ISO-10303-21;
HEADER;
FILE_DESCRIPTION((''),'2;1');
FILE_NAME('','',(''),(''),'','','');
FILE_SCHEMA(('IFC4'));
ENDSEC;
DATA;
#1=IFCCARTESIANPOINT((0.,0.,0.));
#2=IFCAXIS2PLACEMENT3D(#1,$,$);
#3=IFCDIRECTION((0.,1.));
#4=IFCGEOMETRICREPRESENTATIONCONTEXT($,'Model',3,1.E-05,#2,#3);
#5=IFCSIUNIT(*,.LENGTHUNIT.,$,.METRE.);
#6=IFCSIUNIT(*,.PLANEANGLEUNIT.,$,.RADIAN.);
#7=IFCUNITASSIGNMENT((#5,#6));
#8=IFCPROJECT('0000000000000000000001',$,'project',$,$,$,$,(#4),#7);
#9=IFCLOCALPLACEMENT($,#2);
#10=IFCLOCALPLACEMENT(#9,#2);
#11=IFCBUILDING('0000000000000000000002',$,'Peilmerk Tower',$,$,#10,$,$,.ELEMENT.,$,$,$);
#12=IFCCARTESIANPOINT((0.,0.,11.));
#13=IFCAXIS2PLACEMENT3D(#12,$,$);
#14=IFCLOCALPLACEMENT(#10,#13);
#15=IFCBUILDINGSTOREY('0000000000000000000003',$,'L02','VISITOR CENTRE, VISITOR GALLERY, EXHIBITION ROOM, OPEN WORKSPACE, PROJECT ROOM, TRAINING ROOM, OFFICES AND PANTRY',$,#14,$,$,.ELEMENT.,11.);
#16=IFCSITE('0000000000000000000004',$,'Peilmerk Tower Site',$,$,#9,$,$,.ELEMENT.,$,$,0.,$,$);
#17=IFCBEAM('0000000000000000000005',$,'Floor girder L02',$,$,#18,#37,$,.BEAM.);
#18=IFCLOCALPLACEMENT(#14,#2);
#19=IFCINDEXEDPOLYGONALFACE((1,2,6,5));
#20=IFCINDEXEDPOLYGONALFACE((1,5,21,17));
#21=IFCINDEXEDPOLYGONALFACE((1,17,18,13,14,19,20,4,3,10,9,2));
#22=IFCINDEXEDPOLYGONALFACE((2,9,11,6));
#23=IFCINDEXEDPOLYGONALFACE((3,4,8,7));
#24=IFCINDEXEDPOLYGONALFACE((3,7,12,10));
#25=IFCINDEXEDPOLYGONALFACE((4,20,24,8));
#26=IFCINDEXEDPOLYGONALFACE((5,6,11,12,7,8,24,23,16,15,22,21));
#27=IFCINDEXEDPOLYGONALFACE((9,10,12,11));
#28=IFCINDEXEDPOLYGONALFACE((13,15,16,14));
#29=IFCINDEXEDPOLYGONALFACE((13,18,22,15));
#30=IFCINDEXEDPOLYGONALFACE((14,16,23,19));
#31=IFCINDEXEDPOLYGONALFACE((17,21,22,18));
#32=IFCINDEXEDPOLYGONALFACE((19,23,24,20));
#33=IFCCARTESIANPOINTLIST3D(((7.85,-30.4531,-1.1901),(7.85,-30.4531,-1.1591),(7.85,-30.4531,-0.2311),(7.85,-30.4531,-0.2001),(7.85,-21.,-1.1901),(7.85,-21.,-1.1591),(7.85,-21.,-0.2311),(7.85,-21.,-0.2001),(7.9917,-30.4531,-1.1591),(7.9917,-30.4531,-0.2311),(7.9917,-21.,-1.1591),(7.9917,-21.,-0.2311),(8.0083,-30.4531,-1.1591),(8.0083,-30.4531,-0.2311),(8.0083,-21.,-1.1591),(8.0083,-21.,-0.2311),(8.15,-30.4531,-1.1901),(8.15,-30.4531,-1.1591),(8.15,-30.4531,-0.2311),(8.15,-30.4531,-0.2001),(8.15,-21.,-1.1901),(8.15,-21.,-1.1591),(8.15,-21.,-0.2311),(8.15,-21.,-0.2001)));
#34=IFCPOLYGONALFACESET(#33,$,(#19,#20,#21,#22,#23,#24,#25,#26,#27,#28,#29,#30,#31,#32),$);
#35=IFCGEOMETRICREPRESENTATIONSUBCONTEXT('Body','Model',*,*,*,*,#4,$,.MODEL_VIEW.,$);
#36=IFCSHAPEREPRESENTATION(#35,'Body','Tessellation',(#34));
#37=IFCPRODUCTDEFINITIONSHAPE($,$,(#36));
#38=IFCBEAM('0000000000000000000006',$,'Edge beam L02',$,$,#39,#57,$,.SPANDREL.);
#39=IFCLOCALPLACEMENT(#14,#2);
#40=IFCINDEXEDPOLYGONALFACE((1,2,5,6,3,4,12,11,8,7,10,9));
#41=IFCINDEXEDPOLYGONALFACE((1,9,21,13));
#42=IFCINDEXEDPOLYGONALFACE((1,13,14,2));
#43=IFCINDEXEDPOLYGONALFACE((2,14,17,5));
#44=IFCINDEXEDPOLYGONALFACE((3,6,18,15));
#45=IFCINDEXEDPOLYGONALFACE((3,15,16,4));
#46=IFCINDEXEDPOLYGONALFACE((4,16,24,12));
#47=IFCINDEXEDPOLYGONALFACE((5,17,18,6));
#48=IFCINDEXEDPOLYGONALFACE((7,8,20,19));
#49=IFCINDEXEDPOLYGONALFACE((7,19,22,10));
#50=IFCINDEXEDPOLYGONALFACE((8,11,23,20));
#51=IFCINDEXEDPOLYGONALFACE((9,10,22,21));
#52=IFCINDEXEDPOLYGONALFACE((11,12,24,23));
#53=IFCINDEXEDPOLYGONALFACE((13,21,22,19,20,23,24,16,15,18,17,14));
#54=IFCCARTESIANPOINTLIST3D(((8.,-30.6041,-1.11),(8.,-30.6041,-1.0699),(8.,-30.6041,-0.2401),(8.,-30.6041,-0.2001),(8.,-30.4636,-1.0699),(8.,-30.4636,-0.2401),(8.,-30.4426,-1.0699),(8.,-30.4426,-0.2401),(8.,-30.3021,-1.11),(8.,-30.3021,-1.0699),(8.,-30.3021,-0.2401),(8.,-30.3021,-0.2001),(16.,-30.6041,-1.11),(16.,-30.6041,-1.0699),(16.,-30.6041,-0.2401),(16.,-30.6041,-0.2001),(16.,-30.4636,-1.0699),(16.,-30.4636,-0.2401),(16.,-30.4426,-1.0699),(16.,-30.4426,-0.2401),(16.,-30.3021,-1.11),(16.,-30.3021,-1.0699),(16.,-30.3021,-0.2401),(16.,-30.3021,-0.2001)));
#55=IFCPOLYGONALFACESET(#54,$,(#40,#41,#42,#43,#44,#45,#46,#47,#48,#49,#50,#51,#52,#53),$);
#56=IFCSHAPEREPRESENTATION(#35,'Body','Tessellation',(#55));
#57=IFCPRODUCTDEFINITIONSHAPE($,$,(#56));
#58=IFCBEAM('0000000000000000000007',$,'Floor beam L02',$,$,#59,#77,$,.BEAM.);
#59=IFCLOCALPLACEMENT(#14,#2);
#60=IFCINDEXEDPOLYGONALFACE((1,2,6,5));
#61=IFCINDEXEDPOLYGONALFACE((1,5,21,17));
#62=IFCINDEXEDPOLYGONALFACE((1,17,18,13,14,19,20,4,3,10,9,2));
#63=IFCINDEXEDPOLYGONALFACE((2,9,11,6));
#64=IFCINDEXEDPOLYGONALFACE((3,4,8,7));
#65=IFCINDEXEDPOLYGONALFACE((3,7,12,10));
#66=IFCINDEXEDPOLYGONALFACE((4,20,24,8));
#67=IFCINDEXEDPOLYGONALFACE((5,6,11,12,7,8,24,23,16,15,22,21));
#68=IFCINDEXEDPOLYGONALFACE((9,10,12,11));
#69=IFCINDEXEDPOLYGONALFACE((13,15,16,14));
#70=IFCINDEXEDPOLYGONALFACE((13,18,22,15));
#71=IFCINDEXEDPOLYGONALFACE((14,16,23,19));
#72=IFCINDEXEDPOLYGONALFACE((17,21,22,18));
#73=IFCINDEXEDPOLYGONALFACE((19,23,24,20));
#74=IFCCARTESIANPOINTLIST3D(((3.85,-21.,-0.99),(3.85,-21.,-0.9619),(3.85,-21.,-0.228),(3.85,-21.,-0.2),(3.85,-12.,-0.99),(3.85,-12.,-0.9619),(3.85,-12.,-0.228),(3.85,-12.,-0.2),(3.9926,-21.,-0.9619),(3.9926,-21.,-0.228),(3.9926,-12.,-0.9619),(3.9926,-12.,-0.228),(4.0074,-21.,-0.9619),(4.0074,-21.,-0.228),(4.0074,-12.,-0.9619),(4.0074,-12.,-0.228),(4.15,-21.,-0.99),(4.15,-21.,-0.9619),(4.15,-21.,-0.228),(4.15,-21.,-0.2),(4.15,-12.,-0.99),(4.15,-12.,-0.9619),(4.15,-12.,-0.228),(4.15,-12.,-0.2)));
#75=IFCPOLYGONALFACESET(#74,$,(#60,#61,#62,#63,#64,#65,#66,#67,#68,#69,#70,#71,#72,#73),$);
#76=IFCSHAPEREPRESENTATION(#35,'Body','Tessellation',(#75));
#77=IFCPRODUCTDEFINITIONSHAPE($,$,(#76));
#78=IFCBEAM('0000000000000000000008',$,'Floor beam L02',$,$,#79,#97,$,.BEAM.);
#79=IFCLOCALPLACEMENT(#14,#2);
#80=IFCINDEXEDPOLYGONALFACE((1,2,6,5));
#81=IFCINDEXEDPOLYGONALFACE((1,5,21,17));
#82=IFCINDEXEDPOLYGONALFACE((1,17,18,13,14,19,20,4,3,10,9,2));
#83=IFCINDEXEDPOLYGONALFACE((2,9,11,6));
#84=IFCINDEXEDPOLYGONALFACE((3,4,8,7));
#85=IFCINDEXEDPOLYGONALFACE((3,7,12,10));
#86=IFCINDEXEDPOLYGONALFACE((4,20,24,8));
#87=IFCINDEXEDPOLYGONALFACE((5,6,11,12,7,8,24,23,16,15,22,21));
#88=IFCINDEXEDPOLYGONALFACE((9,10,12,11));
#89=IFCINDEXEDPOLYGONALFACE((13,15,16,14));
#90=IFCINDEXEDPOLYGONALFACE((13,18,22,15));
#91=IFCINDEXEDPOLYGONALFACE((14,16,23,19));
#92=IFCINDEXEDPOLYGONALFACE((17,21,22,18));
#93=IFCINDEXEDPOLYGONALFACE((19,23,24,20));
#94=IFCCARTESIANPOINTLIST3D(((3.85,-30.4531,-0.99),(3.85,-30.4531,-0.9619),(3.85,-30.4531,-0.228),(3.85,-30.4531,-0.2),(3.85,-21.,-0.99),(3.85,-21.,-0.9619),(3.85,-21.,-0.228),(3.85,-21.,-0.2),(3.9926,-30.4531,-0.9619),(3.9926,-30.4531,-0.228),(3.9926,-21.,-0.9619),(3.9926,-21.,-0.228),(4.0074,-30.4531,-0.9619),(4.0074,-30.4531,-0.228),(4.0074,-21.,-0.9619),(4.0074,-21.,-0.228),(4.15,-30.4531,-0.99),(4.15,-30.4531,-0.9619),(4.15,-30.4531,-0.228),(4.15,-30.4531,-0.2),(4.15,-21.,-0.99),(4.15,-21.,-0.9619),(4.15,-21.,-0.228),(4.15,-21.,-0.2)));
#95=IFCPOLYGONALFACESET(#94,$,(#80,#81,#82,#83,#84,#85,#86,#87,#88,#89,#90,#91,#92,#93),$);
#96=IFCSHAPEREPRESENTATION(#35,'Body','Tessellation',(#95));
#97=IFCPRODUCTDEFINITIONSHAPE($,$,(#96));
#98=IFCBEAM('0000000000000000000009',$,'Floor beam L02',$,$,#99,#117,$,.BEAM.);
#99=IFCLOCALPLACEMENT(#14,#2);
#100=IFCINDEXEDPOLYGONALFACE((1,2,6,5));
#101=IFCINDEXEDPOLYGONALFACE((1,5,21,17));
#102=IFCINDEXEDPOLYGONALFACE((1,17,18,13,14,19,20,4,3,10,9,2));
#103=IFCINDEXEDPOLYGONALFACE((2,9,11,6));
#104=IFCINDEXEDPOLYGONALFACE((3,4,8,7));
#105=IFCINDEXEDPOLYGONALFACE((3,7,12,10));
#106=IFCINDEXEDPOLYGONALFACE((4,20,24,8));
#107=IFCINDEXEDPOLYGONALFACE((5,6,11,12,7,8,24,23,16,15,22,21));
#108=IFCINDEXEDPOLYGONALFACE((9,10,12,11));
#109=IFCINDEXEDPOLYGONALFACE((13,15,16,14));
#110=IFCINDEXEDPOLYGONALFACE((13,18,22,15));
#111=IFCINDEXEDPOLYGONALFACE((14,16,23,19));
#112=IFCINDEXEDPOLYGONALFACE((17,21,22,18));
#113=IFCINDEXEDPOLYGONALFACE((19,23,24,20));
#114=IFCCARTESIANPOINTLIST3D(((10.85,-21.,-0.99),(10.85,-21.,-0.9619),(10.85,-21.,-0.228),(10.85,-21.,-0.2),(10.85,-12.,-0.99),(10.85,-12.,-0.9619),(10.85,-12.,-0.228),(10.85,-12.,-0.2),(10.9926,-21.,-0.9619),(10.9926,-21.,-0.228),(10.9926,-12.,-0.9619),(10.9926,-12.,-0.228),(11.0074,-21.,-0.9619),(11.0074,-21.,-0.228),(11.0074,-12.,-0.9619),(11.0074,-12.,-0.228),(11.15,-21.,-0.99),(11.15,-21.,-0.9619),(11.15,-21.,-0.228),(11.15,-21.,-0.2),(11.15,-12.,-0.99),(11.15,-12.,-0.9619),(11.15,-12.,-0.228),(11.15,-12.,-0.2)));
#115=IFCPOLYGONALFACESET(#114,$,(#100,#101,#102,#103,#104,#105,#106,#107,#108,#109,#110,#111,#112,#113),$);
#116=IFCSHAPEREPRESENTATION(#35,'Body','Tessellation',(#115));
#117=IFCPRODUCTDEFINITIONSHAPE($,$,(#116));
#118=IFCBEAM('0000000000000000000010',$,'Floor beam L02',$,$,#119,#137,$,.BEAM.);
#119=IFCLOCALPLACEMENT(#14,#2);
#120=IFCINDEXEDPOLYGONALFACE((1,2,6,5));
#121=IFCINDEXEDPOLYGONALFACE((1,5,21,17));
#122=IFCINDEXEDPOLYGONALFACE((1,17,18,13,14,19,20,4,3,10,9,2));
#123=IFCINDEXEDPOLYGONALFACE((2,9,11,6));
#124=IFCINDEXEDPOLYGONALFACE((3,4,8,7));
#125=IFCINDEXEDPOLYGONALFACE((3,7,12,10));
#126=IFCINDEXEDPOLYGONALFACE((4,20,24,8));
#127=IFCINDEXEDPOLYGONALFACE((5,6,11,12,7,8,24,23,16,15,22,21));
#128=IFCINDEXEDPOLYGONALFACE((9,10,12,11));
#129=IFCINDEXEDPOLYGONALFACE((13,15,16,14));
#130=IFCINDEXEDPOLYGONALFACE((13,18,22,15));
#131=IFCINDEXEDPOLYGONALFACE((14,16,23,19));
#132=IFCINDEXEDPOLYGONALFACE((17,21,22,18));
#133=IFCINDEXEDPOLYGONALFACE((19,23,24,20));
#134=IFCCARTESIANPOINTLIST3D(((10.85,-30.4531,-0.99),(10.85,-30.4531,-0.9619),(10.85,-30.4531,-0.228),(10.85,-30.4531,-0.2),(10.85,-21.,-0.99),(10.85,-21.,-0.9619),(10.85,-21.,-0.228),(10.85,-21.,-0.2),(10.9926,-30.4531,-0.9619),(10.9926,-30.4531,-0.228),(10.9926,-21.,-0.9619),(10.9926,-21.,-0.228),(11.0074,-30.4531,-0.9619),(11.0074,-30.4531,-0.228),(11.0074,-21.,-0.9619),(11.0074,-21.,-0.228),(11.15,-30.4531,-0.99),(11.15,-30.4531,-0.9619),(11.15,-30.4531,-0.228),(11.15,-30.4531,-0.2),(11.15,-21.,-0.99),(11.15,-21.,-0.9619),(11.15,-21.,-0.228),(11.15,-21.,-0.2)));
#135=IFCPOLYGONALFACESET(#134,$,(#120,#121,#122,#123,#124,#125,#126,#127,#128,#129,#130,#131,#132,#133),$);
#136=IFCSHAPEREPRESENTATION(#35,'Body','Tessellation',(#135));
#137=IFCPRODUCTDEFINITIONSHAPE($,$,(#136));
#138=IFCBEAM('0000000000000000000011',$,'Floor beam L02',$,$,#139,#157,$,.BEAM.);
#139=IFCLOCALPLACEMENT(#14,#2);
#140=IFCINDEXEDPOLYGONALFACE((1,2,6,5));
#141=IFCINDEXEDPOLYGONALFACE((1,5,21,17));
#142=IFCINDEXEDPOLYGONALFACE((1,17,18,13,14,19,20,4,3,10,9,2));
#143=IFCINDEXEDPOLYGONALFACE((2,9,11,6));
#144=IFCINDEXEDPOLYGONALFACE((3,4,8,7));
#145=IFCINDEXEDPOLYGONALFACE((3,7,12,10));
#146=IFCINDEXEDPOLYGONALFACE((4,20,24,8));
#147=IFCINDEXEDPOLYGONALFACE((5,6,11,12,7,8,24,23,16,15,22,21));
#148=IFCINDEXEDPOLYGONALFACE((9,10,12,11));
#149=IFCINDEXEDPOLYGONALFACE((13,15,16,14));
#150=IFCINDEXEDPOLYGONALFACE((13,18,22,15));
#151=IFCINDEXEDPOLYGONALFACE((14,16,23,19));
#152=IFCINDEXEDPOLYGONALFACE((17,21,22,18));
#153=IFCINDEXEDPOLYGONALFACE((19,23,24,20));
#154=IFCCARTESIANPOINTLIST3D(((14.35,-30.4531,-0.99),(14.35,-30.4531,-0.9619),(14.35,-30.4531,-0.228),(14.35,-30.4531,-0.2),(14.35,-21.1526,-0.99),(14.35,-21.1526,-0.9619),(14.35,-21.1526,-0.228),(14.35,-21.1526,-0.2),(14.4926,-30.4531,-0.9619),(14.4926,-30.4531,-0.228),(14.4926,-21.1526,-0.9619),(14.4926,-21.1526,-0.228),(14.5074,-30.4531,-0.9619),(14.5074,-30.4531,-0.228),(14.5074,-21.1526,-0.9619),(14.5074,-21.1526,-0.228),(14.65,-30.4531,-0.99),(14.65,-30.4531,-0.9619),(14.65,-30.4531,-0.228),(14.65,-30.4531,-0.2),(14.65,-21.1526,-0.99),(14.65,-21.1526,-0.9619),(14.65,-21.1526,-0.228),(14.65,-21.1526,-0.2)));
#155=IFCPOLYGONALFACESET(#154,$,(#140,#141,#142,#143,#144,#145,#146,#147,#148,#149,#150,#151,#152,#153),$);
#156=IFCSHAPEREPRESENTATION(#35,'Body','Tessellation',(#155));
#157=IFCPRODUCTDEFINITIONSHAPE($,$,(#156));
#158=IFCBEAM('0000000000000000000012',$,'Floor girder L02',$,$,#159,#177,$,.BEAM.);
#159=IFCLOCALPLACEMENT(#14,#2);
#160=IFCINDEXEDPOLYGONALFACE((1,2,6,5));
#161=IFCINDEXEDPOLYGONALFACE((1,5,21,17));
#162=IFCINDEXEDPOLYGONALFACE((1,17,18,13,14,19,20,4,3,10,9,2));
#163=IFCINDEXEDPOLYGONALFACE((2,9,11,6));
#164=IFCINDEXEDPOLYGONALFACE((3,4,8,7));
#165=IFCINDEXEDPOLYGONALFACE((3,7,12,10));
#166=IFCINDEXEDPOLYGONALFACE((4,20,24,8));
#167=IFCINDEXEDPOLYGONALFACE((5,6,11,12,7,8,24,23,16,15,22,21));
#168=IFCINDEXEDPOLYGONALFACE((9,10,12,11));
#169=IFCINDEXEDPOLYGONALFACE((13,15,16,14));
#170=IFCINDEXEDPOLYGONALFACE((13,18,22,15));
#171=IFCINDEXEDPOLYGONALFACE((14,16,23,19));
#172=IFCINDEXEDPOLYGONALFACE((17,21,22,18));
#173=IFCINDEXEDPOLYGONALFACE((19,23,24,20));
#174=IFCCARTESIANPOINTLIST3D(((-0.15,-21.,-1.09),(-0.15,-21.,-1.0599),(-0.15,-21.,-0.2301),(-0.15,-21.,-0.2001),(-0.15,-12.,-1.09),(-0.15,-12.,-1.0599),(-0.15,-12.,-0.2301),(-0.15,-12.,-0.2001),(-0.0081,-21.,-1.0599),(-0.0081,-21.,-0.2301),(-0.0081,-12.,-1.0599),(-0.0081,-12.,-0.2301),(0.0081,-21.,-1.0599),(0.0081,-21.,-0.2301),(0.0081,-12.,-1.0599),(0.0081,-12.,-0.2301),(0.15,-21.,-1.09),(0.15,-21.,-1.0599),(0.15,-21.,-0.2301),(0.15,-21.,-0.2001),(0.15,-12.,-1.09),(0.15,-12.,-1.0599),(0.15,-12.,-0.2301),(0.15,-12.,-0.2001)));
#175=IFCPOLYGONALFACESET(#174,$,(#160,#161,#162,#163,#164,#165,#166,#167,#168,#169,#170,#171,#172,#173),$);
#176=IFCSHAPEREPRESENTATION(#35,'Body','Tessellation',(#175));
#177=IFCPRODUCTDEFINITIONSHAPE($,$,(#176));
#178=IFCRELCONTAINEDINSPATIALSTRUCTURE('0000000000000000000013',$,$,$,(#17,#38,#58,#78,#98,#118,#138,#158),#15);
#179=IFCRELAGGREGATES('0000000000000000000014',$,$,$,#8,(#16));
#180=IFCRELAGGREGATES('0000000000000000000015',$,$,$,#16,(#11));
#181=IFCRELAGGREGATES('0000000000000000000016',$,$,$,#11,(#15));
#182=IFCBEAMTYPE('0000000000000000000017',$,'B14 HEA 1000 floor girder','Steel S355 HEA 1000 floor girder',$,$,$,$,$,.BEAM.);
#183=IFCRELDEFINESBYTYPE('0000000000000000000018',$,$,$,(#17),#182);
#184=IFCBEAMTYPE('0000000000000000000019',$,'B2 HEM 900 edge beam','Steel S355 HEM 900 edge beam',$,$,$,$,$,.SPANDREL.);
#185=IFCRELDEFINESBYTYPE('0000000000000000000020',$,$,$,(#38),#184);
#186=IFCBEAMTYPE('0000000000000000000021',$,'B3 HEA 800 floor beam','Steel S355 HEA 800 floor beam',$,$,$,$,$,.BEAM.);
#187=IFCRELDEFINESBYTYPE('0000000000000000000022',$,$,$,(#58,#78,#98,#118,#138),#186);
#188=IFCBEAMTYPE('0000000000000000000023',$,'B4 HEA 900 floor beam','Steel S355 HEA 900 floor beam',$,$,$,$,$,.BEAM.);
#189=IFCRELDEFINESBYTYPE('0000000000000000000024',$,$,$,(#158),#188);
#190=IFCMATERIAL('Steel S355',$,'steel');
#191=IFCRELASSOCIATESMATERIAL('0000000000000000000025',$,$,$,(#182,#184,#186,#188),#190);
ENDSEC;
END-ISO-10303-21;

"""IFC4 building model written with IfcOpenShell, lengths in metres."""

from ifc_helpers import new_model, si_unit, direction, frame, origin, origin_2d, place, context, subcontext, project, spatial, i_section, extrude, material, material_profile, profile_set, type_object, element, save


model = new_model("IFC4")

# Units and contexts
model_context = context("Model", 3, precision=1e-05, world=origin(), true_north=direction((0.0, 1.0)))
body_context = subcontext(model_context, "Body", "Model", "MODEL_VIEW")
ifc_project = project(units=[si_unit("LENGTHUNIT", "METRE"), si_unit("PLANEANGLEUNIT", "RADIAN")], contexts=[model_context])

# Site, building, storey
site_placement = place(None, origin())
site = spatial("IfcSite", under=ifc_project, at=site_placement, Name="Peilmerk Tower Site", CompositionType="ELEMENT", RefElevation=0.0)
building_placement = place(site_placement, origin())
building = spatial("IfcBuilding", under=site, at=building_placement, Name="Peilmerk Tower", CompositionType="ELEMENT")
storey_placement = place(building_placement, frame((0.0, 0.0, 11.0)))
storey = spatial("IfcBuildingStorey", under=building, at=storey_placement, Name="L02", Description="VISITOR CENTRE, VISITOR GALLERY, EXHIBITION ROOM, OPEN WORKSPACE, PROJECT ROOM, TRAINING ROOM, OFFICES AND PANTRY", CompositionType="ELEMENT", Elevation=11.0)

# Beams
ifc_material_1 = material(Name="Steel S355", Category="steel")
ifc_material_profile_1 = material_profile(ifc_material_1, i_section(OverallWidth=0.3, OverallDepth=0.99, WebThickness=0.0166, FlangeThickness=0.031, at=origin_2d()), Name="HEA 1000")
ifc_profile_set_1 = profile_set([ifc_material_profile_1], Name="Steel S355")
beam_type_1 = type_object("IfcBeamType", Name="B14 HEA 1000 floor girder", Description="Steel S355 HEA 1000 floor girder", PredefinedType="BEAM", material=ifc_profile_set_1)
for number, where, z_axis, x_axis, name in (
    (1, (8.0, -21.0, -0.6951), (0.0, -1.0, 0.0), (1.0, 0.0, 0.0), "Floor girder L02"),
):
    element("IfcBeam", number, at=place(storey_placement, frame(where, z_axis=z_axis, x_axis=x_axis)), inside=storey, type_object=beam_type_1, Name=name, PredefinedType="BEAM", context=body_context, shape_type="SweptSolid", body=[
        extrude(i_section(OverallWidth=0.3, OverallDepth=0.99, WebThickness=0.0166, FlangeThickness=0.031, at=origin_2d()), origin(), (0.0, 0.0, 1.0), 9.4531),
    ])
ifc_material_profile_2 = material_profile(ifc_material_1, i_section(OverallWidth=0.302, OverallDepth=0.9099, WebThickness=0.021, FlangeThickness=0.04, at=origin_2d()), Name="HEM 900")
ifc_profile_set_2 = profile_set([ifc_material_profile_2], Name="Steel S355")
beam_type_2 = type_object("IfcBeamType", Name="B2 HEM 900 edge beam", Description="Steel S355 HEM 900 edge beam", PredefinedType="SPANDREL", material=ifc_profile_set_2)
beam_1_placement = place(storey_placement, frame((8.0, -30.4531, -0.655), z_axis=(1.0, 0.0, 0.0), x_axis=(0.0, 1.0, 0.0)))
element("IfcBeam", 2, at=beam_1_placement, inside=storey, type_object=beam_type_2, Name="Edge beam L02", PredefinedType="SPANDREL", context=body_context, shape_type="SweptSolid", body=[
    extrude(i_section(OverallWidth=0.302, OverallDepth=0.9099, WebThickness=0.021, FlangeThickness=0.04, at=origin_2d()), origin(), (0.0, 0.0, 1.0), 8.0),
])
ifc_material_profile_3 = material_profile(ifc_material_1, i_section(OverallWidth=0.3, OverallDepth=0.79, WebThickness=0.0149, FlangeThickness=0.0281, at=origin_2d()), Name="HEA 800")
ifc_profile_set_3 = profile_set([ifc_material_profile_3], Name="Steel S355")
beam_type_3 = type_object("IfcBeamType", Name="B3 HEA 800 floor beam", Description="Steel S355 HEA 800 floor beam", PredefinedType="BEAM", material=ifc_profile_set_3)
beam_2_placement = place(storey_placement, frame((4.0, -12.0, -0.595), z_axis=(0.0, -1.0, 0.0), x_axis=(1.0, 0.0, 0.0)))
element("IfcBeam", 3, at=beam_2_placement, inside=storey, type_object=beam_type_3, Name="Floor beam L02", PredefinedType="BEAM", context=body_context, shape_type="SweptSolid", body=[
    extrude(i_section(OverallWidth=0.3, OverallDepth=0.79, WebThickness=0.0149, FlangeThickness=0.0281, at=origin_2d()), origin(), (0.0, 0.0, 1.0), 9.0),
])
beam_3_placement = place(storey_placement, frame((4.0, -21.0, -0.595), z_axis=(0.0, -1.0, 0.0), x_axis=(1.0, 0.0, 0.0)))
element("IfcBeam", 4, at=beam_3_placement, inside=storey, type_object=beam_type_3, Name="Floor beam L02", PredefinedType="BEAM", context=body_context, shape_type="SweptSolid", body=[
    extrude(i_section(OverallWidth=0.3, OverallDepth=0.79, WebThickness=0.0149, FlangeThickness=0.0281, at=origin_2d()), origin(), (0.0, 0.0, 1.0), 9.4531),
])
beam_4_placement = place(storey_placement, frame((11.0, -12.0, -0.595), z_axis=(0.0, -1.0, 0.0), x_axis=(1.0, 0.0, 0.0)))
element("IfcBeam", 5, at=beam_4_placement, inside=storey, type_object=beam_type_3, Name="Floor beam L02", PredefinedType="BEAM", context=body_context, shape_type="SweptSolid", body=[
    extrude(i_section(OverallWidth=0.3, OverallDepth=0.79, WebThickness=0.0149, FlangeThickness=0.0281, at=origin_2d()), origin(), (0.0, 0.0, 1.0), 9.0),
])
beam_5_placement = place(storey_placement, frame((11.0, -21.0, -0.595), z_axis=(0.0, -1.0, 0.0), x_axis=(1.0, 0.0, 0.0)))
element("IfcBeam", 6, at=beam_5_placement, inside=storey, type_object=beam_type_3, Name="Floor beam L02", PredefinedType="BEAM", context=body_context, shape_type="SweptSolid", body=[
    extrude(i_section(OverallWidth=0.3, OverallDepth=0.79, WebThickness=0.0149, FlangeThickness=0.0281, at=origin_2d()), origin(), (0.0, 0.0, 1.0), 9.4531),
])
beam_6_placement = place(storey_placement, frame((14.5, -21.1526, -0.595), z_axis=(0.0, -1.0, 0.0), x_axis=(1.0, 0.0, 0.0)))
element("IfcBeam", 7, at=beam_6_placement, inside=storey, type_object=beam_type_3, Name="Floor beam L02", PredefinedType="BEAM", context=body_context, shape_type="SweptSolid", body=[
    extrude(i_section(OverallWidth=0.3, OverallDepth=0.79, WebThickness=0.0149, FlangeThickness=0.0281, at=origin_2d()), origin(), (0.0, 0.0, 1.0), 9.3005),
])
ifc_material_profile_4 = material_profile(ifc_material_1, i_section(OverallWidth=0.3, OverallDepth=0.8899, WebThickness=0.0161, FlangeThickness=0.03, at=origin_2d()), Name="HEA 900")
ifc_profile_set_4 = profile_set([ifc_material_profile_4], Name="Steel S355")
beam_type_4 = type_object("IfcBeamType", Name="B4 HEA 900 floor beam", Description="Steel S355 HEA 900 floor beam", PredefinedType="BEAM", material=ifc_profile_set_4)
for number, where, z_axis, x_axis, name in (
    (8, (0.0, -12.0, -0.645), (0.0, -1.0, 0.0), (1.0, 0.0, 0.0), "Floor girder L02"),
):
    element("IfcBeam", number, at=place(storey_placement, frame(where, z_axis=z_axis, x_axis=x_axis)), inside=storey, type_object=beam_type_4, Name=name, PredefinedType="BEAM", context=body_context, shape_type="SweptSolid", body=[
        extrude(i_section(OverallWidth=0.3, OverallDepth=0.8899, WebThickness=0.0161, FlangeThickness=0.03, at=origin_2d()), origin(), (0.0, 0.0, 1.0), 9.0),
    ])

save(model, "model.ifc")
